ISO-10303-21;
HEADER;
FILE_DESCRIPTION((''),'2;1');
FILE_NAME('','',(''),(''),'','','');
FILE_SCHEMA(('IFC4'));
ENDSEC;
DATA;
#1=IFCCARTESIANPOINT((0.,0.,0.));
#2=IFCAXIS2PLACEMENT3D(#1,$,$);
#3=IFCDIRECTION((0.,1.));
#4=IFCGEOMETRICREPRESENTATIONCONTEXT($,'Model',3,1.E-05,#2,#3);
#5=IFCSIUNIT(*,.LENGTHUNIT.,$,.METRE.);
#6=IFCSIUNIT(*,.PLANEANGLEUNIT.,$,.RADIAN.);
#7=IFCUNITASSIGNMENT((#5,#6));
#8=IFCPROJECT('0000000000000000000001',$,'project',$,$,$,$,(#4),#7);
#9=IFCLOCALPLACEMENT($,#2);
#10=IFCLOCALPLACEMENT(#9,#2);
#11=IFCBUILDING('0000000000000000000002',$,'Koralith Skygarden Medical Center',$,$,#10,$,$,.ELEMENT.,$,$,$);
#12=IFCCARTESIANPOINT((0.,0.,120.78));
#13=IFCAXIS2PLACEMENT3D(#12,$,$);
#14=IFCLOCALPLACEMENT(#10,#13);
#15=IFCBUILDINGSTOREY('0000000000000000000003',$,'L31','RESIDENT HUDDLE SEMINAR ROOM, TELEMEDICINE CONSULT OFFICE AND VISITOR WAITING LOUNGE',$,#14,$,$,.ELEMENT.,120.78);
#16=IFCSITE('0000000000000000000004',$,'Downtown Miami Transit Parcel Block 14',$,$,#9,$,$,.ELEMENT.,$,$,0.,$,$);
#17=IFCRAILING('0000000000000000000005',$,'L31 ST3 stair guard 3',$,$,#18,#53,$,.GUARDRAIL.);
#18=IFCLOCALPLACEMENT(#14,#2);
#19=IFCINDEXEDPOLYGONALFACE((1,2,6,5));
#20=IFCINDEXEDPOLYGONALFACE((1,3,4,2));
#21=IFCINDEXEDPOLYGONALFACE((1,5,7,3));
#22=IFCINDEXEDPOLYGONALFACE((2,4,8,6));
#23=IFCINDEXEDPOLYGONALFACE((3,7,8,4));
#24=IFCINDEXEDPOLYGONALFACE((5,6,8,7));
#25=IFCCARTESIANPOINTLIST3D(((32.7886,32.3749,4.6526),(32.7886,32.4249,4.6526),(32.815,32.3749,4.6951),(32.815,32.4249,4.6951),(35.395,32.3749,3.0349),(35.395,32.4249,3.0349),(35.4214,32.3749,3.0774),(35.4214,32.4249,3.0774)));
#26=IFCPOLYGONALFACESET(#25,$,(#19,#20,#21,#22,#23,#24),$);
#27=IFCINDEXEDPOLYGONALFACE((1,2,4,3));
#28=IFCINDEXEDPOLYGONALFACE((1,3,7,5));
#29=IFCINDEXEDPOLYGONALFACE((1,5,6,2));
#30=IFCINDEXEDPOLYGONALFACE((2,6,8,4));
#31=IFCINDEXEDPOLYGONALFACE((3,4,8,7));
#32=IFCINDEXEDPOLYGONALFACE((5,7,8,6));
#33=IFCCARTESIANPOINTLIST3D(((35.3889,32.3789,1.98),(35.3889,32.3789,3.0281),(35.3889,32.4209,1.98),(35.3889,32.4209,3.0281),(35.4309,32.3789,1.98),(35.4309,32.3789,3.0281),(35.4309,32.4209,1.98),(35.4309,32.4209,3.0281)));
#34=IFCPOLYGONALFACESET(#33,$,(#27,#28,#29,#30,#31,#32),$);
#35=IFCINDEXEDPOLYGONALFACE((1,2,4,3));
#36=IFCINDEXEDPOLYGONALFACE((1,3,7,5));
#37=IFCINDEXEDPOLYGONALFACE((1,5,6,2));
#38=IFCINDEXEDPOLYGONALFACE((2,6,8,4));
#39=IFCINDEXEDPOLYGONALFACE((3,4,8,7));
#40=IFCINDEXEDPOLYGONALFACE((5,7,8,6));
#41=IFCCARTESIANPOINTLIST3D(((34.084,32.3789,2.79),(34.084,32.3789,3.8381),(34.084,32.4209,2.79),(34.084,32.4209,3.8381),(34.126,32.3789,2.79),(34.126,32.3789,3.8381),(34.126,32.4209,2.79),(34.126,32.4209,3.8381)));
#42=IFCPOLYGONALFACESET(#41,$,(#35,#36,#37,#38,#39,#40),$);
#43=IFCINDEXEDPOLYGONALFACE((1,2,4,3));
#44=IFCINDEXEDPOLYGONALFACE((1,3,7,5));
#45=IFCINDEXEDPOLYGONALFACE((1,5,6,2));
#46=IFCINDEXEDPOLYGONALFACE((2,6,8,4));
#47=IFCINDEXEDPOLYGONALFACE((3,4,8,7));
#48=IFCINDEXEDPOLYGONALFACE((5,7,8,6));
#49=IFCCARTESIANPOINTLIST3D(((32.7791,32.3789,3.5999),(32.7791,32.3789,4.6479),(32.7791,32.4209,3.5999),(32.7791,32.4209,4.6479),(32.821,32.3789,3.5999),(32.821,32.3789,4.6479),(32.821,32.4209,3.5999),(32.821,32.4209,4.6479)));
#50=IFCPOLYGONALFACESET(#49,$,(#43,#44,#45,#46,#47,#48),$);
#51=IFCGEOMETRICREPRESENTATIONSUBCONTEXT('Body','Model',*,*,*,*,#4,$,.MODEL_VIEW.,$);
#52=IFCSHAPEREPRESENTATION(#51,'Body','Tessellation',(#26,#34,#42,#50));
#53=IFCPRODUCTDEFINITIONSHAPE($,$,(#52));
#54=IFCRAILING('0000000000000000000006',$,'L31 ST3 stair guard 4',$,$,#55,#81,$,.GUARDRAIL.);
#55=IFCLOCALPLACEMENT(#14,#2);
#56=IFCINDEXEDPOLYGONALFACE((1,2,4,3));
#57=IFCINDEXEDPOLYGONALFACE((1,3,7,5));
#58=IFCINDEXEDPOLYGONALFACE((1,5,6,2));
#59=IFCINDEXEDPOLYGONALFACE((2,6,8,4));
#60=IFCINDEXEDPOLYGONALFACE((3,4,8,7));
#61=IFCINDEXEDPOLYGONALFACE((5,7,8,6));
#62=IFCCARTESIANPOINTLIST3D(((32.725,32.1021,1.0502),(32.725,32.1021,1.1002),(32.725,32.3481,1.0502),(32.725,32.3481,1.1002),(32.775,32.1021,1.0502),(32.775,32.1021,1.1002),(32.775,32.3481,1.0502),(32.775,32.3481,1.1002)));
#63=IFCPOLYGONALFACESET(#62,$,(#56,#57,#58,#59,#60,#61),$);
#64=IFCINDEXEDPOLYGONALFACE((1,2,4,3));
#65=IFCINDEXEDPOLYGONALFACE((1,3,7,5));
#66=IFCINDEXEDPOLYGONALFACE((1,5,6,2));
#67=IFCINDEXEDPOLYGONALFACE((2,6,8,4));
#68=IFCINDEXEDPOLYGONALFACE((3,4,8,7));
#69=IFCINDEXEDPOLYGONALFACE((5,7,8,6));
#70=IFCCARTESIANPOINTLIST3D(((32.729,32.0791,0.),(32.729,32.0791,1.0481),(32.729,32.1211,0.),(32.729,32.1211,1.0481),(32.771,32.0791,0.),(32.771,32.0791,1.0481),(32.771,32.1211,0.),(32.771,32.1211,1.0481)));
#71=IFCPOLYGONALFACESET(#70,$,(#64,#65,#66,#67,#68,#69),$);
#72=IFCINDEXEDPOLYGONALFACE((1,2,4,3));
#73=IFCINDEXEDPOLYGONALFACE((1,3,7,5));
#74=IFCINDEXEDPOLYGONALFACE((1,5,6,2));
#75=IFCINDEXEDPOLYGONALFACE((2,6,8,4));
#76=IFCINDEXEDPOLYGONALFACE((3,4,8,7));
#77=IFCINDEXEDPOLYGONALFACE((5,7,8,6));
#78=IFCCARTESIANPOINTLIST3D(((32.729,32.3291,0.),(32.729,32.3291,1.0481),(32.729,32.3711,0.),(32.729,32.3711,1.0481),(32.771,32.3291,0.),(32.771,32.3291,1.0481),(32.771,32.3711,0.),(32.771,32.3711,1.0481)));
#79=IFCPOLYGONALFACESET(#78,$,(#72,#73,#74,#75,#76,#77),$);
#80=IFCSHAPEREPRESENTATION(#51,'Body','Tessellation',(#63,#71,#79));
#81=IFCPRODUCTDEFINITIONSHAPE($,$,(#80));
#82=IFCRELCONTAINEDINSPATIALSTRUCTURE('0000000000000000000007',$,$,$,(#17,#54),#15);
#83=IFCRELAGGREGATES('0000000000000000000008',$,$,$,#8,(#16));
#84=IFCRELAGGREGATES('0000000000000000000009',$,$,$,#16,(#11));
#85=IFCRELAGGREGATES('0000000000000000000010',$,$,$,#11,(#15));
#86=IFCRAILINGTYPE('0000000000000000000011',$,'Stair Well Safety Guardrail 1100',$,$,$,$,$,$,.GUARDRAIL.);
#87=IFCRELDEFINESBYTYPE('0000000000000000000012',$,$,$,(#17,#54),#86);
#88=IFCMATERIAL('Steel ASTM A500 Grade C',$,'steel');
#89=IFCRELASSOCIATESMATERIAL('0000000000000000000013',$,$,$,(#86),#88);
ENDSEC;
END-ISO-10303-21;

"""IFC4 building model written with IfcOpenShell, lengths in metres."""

from ifc_helpers import new_model, si_unit, direction, frame, origin, origin_2d, place, context, subcontext, project, spatial, rectangle, extrude, material, type_object, element, save


model = new_model("IFC4")

# Units and contexts
model_context = context("Model", 3, precision=1e-05, world=origin(), true_north=direction((0.0, 1.0)))
body_context = subcontext(model_context, "Body", "Model", "MODEL_VIEW")
ifc_project = project(units=[si_unit("LENGTHUNIT", "METRE"), si_unit("PLANEANGLEUNIT", "RADIAN")], contexts=[model_context])

# Site, building, storey
site_placement = place(None, origin())
site = spatial("IfcSite", under=ifc_project, at=site_placement, Name="Downtown Miami Transit Parcel Block 14", CompositionType="ELEMENT", RefElevation=0.0)
building_placement = place(site_placement, origin())
building = spatial("IfcBuilding", under=site, at=building_placement, Name="Koralith Skygarden Medical Center", CompositionType="ELEMENT")
storey_placement = place(building_placement, frame((0.0, 0.0, 120.78)))
storey = spatial("IfcBuildingStorey", under=building, at=storey_placement, Name="L31", Description="RESIDENT HUDDLE SEMINAR ROOM, TELEMEDICINE CONSULT OFFICE AND VISITOR WAITING LOUNGE", CompositionType="ELEMENT", Elevation=120.78)

# Railings
ifc_material_1 = material(Name="Steel ASTM A500 Grade C", Category="steel")
railing_type_1 = type_object("IfcRailingType", Name="Stair Well Safety Guardrail 1100", PredefinedType="GUARDRAIL", material=ifc_material_1)
railing_1_placement = place(storey_placement, frame((35.4099, 32.3999, 1.98)))
element("IfcRailing", 1, at=railing_1_placement, inside=storey, type_object=railing_type_1, Name="L31 ST3 stair guard 3", PredefinedType="GUARDRAIL", context=body_context, shape_type="SweptSolid", body=[
    extrude(rectangle(XDim=0.05, YDim=0.05, at=origin_2d()), frame((-0.0017, 0.0, 1.0762), z_axis=(-0.849646, 0.0, 0.527353), x_axis=(0.0, -1.0, 0.0)), (0.0, 0.0, 1.0), 3.0676),
    extrude(rectangle(XDim=0.042, YDim=0.042, at=origin_2d()), origin(), (0.0, 0.0, 1.0), 1.0481),
    extrude(rectangle(XDim=0.042, YDim=0.042, at=origin_2d()), frame((-1.3049, 0.0, 0.8101)), (0.0, 0.0, 1.0), 1.0481),
    extrude(rectangle(XDim=0.042, YDim=0.042, at=origin_2d()), frame((-2.6099, 0.0, 1.6199)), (0.0, 0.0, 1.0), 1.0481),
])
railing_2_placement = place(storey_placement, frame((32.75, 32.1001, 0.0)))
element("IfcRailing", 2, at=railing_2_placement, inside=storey, type_object=railing_type_1, Name="L31 ST3 stair guard 4", PredefinedType="GUARDRAIL", context=body_context, shape_type="SweptSolid", body=[
    extrude(rectangle(XDim=0.05, YDim=0.05, at=origin_2d()), frame((0.0, 0.002, 1.0752), z_axis=(0.0, 1.0, 0.0), x_axis=(-1.0, 0.0, 0.0)), (0.0, 0.0, 1.0), 0.2461),
    extrude(rectangle(XDim=0.042, YDim=0.042, at=origin_2d()), origin(), (0.0, 0.0, 1.0), 1.0481),
    extrude(rectangle(XDim=0.042, YDim=0.042, at=origin_2d()), frame((0.0, 0.25, 0.0)), (0.0, 0.0, 1.0), 1.0481),
])

save(model, "model.ifc")
